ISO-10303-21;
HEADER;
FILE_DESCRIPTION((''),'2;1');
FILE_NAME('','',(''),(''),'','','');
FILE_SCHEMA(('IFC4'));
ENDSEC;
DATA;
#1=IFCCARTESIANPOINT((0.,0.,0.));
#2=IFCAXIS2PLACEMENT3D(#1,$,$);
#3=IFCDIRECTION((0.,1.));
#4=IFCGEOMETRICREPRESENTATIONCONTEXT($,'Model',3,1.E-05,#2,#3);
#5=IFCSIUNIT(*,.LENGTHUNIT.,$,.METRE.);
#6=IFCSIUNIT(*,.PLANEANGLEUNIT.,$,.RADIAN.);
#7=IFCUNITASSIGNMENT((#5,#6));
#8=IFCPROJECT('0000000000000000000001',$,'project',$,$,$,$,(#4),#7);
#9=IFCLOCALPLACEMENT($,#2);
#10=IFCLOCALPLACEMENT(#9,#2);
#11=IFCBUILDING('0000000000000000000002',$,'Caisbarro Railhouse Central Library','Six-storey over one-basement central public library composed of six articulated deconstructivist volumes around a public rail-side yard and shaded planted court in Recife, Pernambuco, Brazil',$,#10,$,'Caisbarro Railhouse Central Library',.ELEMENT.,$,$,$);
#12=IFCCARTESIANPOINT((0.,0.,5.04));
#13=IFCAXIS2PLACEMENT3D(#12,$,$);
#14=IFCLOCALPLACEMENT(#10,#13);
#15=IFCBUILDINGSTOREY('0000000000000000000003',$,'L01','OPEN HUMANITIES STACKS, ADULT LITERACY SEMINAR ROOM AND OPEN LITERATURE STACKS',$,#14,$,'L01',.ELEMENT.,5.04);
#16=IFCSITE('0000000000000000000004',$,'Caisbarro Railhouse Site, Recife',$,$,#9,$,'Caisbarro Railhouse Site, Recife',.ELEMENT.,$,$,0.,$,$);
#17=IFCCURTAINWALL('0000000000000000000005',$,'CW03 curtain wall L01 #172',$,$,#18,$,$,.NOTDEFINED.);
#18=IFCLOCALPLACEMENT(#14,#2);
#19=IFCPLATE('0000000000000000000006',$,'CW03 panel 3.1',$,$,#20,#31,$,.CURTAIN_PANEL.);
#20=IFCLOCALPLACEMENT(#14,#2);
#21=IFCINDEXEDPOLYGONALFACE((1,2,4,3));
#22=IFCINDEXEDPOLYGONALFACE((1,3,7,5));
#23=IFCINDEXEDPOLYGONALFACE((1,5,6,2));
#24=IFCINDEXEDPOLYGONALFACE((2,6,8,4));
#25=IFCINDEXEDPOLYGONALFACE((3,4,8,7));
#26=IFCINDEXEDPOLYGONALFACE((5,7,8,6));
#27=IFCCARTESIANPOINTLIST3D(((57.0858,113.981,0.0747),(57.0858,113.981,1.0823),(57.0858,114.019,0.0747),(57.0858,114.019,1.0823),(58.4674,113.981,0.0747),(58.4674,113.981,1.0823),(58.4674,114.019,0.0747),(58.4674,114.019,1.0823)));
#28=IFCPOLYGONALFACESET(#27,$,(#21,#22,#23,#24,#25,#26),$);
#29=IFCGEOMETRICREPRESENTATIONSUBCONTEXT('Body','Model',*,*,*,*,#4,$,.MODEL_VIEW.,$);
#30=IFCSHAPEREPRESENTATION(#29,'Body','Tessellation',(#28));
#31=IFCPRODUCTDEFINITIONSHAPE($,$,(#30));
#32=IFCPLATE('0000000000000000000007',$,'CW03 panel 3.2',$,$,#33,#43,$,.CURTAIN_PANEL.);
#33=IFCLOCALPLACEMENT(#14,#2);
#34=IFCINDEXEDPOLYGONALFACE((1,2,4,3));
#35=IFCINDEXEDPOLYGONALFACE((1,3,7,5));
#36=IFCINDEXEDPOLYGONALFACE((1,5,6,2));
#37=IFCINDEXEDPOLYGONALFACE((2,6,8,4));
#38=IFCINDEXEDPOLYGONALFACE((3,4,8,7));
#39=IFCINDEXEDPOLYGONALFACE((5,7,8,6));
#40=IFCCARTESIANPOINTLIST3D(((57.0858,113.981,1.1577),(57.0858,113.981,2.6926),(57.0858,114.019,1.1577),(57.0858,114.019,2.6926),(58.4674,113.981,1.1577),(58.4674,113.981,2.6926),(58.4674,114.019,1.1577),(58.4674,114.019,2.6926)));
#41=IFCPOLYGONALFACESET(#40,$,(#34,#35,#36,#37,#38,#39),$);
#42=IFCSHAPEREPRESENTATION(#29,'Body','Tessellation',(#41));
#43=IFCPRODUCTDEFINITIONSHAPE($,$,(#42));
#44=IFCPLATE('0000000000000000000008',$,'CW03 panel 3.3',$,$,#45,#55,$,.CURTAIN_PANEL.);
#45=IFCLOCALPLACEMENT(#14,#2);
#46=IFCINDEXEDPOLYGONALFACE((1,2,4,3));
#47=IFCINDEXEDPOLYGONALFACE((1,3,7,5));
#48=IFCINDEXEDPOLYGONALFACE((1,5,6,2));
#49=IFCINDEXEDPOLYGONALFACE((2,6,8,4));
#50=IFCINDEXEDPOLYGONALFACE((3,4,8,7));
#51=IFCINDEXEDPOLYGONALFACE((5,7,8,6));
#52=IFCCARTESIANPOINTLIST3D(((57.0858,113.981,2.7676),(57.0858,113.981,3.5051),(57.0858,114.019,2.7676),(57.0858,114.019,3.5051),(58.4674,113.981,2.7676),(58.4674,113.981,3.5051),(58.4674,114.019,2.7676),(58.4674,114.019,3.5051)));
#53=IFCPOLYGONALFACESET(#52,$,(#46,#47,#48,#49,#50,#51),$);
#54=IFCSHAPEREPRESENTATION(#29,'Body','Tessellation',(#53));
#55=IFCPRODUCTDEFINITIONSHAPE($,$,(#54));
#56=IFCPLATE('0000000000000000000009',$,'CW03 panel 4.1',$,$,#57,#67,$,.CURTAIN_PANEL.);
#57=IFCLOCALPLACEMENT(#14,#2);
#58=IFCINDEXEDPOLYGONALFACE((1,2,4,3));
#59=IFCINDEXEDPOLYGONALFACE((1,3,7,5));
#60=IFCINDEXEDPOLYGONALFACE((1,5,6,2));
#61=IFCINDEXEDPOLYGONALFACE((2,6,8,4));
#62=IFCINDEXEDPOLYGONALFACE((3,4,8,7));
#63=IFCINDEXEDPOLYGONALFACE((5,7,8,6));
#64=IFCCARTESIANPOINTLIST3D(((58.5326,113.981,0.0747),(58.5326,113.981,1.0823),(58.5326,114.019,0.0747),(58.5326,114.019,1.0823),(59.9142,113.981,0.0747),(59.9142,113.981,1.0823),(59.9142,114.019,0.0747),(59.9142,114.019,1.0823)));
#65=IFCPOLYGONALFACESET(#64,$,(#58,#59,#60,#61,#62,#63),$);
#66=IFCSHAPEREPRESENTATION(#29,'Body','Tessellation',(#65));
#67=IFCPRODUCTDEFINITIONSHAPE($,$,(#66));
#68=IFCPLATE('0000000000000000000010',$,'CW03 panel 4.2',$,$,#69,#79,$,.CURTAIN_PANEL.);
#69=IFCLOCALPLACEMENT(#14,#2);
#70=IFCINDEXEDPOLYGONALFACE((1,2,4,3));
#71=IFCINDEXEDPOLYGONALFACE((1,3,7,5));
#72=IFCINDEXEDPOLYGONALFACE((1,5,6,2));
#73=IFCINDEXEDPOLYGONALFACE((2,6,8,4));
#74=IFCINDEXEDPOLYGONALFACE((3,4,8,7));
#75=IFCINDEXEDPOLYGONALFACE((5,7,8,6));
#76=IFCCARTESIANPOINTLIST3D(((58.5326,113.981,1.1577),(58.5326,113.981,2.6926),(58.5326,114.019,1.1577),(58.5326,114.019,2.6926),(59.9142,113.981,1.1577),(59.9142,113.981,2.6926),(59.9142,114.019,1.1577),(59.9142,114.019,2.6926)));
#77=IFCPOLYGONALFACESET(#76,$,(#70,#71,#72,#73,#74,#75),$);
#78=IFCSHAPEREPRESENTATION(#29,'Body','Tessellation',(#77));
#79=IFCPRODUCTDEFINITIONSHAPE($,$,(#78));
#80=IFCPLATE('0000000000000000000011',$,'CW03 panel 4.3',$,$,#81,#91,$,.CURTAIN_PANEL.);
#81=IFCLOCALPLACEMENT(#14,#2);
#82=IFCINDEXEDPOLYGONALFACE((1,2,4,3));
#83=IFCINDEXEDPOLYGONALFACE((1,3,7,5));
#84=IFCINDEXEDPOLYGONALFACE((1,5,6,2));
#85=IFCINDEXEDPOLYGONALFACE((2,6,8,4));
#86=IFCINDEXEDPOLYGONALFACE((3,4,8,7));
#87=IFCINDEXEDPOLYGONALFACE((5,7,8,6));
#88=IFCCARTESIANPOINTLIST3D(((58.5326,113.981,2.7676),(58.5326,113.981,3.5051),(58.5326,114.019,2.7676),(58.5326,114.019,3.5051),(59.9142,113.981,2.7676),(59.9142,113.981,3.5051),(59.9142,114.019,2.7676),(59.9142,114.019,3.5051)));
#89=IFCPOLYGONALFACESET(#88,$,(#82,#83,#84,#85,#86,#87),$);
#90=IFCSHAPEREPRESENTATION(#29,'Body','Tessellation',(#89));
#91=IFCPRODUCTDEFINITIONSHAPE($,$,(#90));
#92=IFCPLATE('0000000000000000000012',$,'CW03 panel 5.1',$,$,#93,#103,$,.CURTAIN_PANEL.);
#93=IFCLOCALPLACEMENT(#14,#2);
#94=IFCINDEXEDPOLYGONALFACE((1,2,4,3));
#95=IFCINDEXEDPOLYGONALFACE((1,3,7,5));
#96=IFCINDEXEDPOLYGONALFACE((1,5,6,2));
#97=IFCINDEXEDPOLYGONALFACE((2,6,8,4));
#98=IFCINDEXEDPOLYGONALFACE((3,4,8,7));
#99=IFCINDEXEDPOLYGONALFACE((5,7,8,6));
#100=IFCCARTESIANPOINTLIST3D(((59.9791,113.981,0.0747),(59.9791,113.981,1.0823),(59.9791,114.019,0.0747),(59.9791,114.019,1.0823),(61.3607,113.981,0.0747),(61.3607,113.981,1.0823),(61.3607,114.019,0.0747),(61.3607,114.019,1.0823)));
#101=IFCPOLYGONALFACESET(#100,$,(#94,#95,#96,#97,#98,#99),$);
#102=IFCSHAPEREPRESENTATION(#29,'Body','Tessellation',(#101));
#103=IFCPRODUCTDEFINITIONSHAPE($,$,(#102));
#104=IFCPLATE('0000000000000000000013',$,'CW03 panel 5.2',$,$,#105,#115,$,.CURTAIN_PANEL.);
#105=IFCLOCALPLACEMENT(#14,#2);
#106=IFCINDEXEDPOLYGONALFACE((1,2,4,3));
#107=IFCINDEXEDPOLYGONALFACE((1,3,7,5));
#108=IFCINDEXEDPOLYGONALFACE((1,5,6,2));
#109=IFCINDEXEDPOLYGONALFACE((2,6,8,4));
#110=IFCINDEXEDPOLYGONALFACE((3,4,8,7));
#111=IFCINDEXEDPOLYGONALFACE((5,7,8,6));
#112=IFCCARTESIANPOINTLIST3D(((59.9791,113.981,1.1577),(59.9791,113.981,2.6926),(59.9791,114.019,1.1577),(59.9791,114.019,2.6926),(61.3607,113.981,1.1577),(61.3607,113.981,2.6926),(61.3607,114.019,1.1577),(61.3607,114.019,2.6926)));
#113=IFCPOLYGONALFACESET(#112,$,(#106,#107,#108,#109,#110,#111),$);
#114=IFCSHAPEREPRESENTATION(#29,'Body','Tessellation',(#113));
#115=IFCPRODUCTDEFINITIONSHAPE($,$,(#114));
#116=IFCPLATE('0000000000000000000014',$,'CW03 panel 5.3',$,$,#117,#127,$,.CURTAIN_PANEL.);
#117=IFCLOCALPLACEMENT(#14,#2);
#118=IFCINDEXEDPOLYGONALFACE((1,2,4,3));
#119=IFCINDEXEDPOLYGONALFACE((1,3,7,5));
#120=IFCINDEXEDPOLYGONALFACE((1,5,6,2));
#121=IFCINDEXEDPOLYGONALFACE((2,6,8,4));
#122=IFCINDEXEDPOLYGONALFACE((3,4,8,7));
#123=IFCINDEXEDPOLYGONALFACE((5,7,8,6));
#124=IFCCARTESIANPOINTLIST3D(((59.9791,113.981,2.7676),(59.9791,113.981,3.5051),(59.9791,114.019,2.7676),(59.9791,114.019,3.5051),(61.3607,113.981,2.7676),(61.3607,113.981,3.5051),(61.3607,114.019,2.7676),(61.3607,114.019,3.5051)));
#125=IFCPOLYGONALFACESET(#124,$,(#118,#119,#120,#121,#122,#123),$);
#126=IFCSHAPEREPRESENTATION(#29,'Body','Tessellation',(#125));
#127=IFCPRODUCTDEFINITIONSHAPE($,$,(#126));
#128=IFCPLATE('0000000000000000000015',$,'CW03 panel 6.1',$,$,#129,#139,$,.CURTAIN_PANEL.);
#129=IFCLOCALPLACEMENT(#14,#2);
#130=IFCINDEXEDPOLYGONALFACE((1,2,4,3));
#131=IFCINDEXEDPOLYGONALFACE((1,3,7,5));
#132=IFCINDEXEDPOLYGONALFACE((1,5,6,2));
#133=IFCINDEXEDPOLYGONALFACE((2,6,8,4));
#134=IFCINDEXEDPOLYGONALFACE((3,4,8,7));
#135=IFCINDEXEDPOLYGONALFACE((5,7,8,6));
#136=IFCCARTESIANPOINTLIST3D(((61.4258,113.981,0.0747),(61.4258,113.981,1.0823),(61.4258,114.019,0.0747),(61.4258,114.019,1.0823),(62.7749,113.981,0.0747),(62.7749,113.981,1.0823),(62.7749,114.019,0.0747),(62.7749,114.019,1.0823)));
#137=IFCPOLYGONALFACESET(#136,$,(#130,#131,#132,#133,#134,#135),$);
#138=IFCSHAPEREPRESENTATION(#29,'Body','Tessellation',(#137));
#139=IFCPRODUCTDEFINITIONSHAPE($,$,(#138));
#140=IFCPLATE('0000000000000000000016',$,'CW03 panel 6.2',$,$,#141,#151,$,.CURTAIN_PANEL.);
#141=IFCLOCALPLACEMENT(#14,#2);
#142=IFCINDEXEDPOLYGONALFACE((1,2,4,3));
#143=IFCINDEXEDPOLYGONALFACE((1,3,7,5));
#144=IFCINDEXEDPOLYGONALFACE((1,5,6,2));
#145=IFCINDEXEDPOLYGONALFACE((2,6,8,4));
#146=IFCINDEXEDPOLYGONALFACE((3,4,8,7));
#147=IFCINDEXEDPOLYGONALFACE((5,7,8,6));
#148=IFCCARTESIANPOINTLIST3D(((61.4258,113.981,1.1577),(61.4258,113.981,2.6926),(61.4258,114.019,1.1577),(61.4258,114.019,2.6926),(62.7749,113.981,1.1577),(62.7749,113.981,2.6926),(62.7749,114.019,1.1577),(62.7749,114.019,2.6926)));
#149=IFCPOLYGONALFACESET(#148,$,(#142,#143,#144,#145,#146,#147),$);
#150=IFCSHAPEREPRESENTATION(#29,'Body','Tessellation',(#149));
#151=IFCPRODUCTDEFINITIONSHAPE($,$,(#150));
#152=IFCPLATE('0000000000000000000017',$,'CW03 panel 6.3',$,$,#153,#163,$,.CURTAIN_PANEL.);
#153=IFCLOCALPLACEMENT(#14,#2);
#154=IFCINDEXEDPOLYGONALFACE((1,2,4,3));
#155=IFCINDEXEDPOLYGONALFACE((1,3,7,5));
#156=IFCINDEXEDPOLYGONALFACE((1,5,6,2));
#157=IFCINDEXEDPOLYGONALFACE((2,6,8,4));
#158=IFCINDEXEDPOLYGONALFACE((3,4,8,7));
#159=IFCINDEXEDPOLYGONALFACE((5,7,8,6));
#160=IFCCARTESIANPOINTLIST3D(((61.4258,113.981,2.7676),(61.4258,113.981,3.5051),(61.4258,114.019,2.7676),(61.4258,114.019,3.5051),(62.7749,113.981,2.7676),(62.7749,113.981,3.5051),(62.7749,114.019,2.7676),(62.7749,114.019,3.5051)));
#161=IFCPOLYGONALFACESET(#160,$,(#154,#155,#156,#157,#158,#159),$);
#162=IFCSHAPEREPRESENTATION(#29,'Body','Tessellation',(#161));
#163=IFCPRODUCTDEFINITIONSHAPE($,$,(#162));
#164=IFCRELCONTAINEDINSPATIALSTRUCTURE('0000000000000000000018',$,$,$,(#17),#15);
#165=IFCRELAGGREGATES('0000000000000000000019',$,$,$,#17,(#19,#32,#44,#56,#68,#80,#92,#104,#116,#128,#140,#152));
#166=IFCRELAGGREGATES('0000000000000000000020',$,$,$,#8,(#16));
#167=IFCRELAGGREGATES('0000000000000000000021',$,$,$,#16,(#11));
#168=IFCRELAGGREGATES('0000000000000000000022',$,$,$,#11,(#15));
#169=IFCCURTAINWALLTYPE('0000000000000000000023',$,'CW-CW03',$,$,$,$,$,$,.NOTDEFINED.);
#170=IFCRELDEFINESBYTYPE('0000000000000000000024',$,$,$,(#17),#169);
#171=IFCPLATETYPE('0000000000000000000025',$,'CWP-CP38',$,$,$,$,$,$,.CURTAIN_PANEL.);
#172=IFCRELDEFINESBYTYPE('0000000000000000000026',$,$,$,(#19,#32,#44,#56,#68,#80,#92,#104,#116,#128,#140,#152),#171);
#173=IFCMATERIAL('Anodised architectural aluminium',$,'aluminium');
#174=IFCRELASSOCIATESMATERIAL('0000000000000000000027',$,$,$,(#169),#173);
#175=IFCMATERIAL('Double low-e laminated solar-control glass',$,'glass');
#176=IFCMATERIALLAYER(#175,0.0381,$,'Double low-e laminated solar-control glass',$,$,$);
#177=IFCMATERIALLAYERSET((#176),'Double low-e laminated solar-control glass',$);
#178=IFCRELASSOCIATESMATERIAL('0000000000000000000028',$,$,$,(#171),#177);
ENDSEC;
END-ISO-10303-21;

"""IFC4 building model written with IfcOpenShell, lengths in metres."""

from ifc_helpers import new_model, si_unit, direction, frame, origin, origin_2d, place, context, subcontext, project, spatial, rectangle, extrude, material, layer, layer_set, type_object, element, aggregate, save


model = new_model("IFC4")

# Units and contexts
model_context = context("Model", 3, precision=1e-05, world=origin(), true_north=direction((0.0, 1.0)))
body_context = subcontext(model_context, "Body", "Model", "MODEL_VIEW")
ifc_project = project(units=[si_unit("LENGTHUNIT", "METRE"), si_unit("PLANEANGLEUNIT", "RADIAN")], contexts=[model_context])

# Site, building, storey
site_placement = place(None, origin())
site = spatial("IfcSite", under=ifc_project, at=site_placement, Name="Caisbarro Railhouse Site, Recife", LongName="Caisbarro Railhouse Site, Recife", CompositionType="ELEMENT", RefElevation=0.0)
building_placement = place(site_placement, origin())
building = spatial("IfcBuilding", under=site, at=building_placement, Name="Caisbarro Railhouse Central Library", Description="Six-storey over one-basement central public library composed of six articulated deconstructivist volumes around a public rail-side yard and shaded planted court in Recife, Pernambuco, Brazil", LongName="Caisbarro Railhouse Central Library", CompositionType="ELEMENT")
storey_placement = place(building_placement, frame((0.0, 0.0, 5.04)))
storey = spatial("IfcBuildingStorey", under=building, at=storey_placement, Name="L01", Description="OPEN HUMANITIES STACKS, ADULT LITERACY SEMINAR ROOM AND OPEN LITERATURE STACKS", LongName="L01", CompositionType="ELEMENT", Elevation=5.04)

# Curtain wall, plates
ifc_material_1 = material(Name="Anodised architectural aluminium", Category="aluminium")
curtain_wall_type = type_object("IfcCurtainWallType", Name="CW-CW03", PredefinedType="NOTDEFINED", material=ifc_material_1)
curtain_wall_placement = place(storey_placement, origin())
curtain_wall = element("IfcCurtainWall", 1, at=curtain_wall_placement, inside=storey, type_object=curtain_wall_type, Name="CW03 curtain wall L01 #172", PredefinedType="NOTDEFINED")
ifc_material_2 = material(Name="Double low-e laminated solar-control glass", Category="glass")
ifc_layer = layer(ifc_material_2, 0.0381, Name="Double low-e laminated solar-control glass")
ifc_layer_set = layer_set([ifc_layer], Name="Double low-e laminated solar-control glass")
plate_type = type_object("IfcPlateType", Name="CWP-CP38", PredefinedType="CURTAIN_PANEL", material=ifc_layer_set)
plate_1_placement = place(storey_placement, frame((57.7766, 114.0, 0.0747), z_axis=(0.0, 0.0, 1.0), x_axis=(1.0, 0.0, 0.0)))
plate_1 = element("IfcPlate", 2, at=plate_1_placement, type_object=plate_type, Name="CW03 panel 3.1", PredefinedType="CURTAIN_PANEL", context=body_context, shape_type="SweptSolid", body=[
    extrude(rectangle(XDim=1.3816, YDim=0.0381, at=origin_2d()), origin(), (0.0, 0.0, 1.0), 1.0076),
])
plate_2_placement = place(storey_placement, frame((57.7766, 114.0, 1.1577), z_axis=(0.0, 0.0, 1.0), x_axis=(1.0, 0.0, 0.0)))
plate_2 = element("IfcPlate", 3, at=plate_2_placement, type_object=plate_type, Name="CW03 panel 3.2", PredefinedType="CURTAIN_PANEL", context=body_context, shape_type="SweptSolid", body=[
    extrude(rectangle(XDim=1.3816, YDim=0.0381, at=origin_2d()), origin(), (0.0, 0.0, 1.0), 1.5349),
])
plate_3_placement = place(storey_placement, frame((57.7766, 114.0, 2.7676), z_axis=(0.0, 0.0, 1.0), x_axis=(1.0, 0.0, 0.0)))
plate_3 = element("IfcPlate", 4, at=plate_3_placement, type_object=plate_type, Name="CW03 panel 3.3", PredefinedType="CURTAIN_PANEL", context=body_context, shape_type="SweptSolid", body=[
    extrude(rectangle(XDim=1.3816, YDim=0.0381, at=origin_2d()), origin(), (0.0, 0.0, 1.0), 0.7375),
])
plate_4_placement = place(storey_placement, frame((59.2234, 114.0, 0.0747), z_axis=(0.0, 0.0, 1.0), x_axis=(1.0, 0.0, 0.0)))
plate_4 = element("IfcPlate", 5, at=plate_4_placement, type_object=plate_type, Name="CW03 panel 4.1", PredefinedType="CURTAIN_PANEL", context=body_context, shape_type="SweptSolid", body=[
    extrude(rectangle(XDim=1.3816, YDim=0.0381, at=origin_2d()), origin(), (0.0, 0.0, 1.0), 1.0076),
])
plate_5_placement = place(storey_placement, frame((59.2234, 114.0, 1.1577), z_axis=(0.0, 0.0, 1.0), x_axis=(1.0, 0.0, 0.0)))
plate_5 = element("IfcPlate", 6, at=plate_5_placement, type_object=plate_type, Name="CW03 panel 4.2", PredefinedType="CURTAIN_PANEL", context=body_context, shape_type="SweptSolid", body=[
    extrude(rectangle(XDim=1.3816, YDim=0.0381, at=origin_2d()), origin(), (0.0, 0.0, 1.0), 1.5349),
])
plate_6_placement = place(storey_placement, frame((59.2234, 114.0, 2.7676), z_axis=(0.0, 0.0, 1.0), x_axis=(1.0, 0.0, 0.0)))
plate_6 = element("IfcPlate", 7, at=plate_6_placement, type_object=plate_type, Name="CW03 panel 4.3", PredefinedType="CURTAIN_PANEL", context=body_context, shape_type="SweptSolid", body=[
    extrude(rectangle(XDim=1.3816, YDim=0.0381, at=origin_2d()), origin(), (0.0, 0.0, 1.0), 0.7375),
])
plate_7_placement = place(storey_placement, frame((60.6699, 114.0, 0.0747), z_axis=(0.0, 0.0, 1.0), x_axis=(1.0, 0.0, 0.0)))
plate_7 = element("IfcPlate", 8, at=plate_7_placement, type_object=plate_type, Name="CW03 panel 5.1", PredefinedType="CURTAIN_PANEL", context=body_context, shape_type="SweptSolid", body=[
    extrude(rectangle(XDim=1.3816, YDim=0.0381, at=origin_2d()), origin(), (0.0, 0.0, 1.0), 1.0076),
])
plate_8_placement = place(storey_placement, frame((60.6699, 114.0, 1.1577), z_axis=(0.0, 0.0, 1.0), x_axis=(1.0, 0.0, 0.0)))
plate_8 = element("IfcPlate", 9, at=plate_8_placement, type_object=plate_type, Name="CW03 panel 5.2", PredefinedType="CURTAIN_PANEL", context=body_context, shape_type="SweptSolid", body=[
    extrude(rectangle(XDim=1.3816, YDim=0.0381, at=origin_2d()), origin(), (0.0, 0.0, 1.0), 1.5349),
])
plate_9_placement = place(storey_placement, frame((60.6699, 114.0, 2.7676), z_axis=(0.0, 0.0, 1.0), x_axis=(1.0, 0.0, 0.0)))
plate_9 = element("IfcPlate", 10, at=plate_9_placement, type_object=plate_type, Name="CW03 panel 5.3", PredefinedType="CURTAIN_PANEL", context=body_context, shape_type="SweptSolid", body=[
    extrude(rectangle(XDim=1.3816, YDim=0.0381, at=origin_2d()), origin(), (0.0, 0.0, 1.0), 0.7375),
])
plate_10_placement = place(storey_placement, frame((62.1003, 114.0, 0.0747), z_axis=(0.0, 0.0, 1.0), x_axis=(1.0, 0.0, 0.0)))
plate_10 = element("IfcPlate", 11, at=plate_10_placement, type_object=plate_type, Name="CW03 panel 6.1", PredefinedType="CURTAIN_PANEL", context=body_context, shape_type="SweptSolid", body=[
    extrude(rectangle(XDim=1.3491, YDim=0.0381, at=origin_2d()), origin(), (0.0, 0.0, 1.0), 1.0076),
])
plate_11_placement = place(storey_placement, frame((62.1003, 114.0, 1.1577), z_axis=(0.0, 0.0, 1.0), x_axis=(1.0, 0.0, 0.0)))
plate_11 = element("IfcPlate", 12, at=plate_11_placement, type_object=plate_type, Name="CW03 panel 6.2", PredefinedType="CURTAIN_PANEL", context=body_context, shape_type="SweptSolid", body=[
    extrude(rectangle(XDim=1.3491, YDim=0.0381, at=origin_2d()), origin(), (0.0, 0.0, 1.0), 1.5349),
])
plate_12_placement = place(storey_placement, frame((62.1003, 114.0, 2.7676), z_axis=(0.0, 0.0, 1.0), x_axis=(1.0, 0.0, 0.0)))
plate_12 = element("IfcPlate", 13, at=plate_12_placement, type_object=plate_type, Name="CW03 panel 6.3", PredefinedType="CURTAIN_PANEL", context=body_context, shape_type="SweptSolid", body=[
    extrude(rectangle(XDim=1.3491, YDim=0.0381, at=origin_2d()), origin(), (0.0, 0.0, 1.0), 0.7375),
])
aggregate(curtain_wall, [plate_1, plate_2, plate_3, plate_4, plate_5, plate_6, plate_7, plate_8, plate_9, plate_10, plate_11, plate_12])

save(model, "model.ifc")
